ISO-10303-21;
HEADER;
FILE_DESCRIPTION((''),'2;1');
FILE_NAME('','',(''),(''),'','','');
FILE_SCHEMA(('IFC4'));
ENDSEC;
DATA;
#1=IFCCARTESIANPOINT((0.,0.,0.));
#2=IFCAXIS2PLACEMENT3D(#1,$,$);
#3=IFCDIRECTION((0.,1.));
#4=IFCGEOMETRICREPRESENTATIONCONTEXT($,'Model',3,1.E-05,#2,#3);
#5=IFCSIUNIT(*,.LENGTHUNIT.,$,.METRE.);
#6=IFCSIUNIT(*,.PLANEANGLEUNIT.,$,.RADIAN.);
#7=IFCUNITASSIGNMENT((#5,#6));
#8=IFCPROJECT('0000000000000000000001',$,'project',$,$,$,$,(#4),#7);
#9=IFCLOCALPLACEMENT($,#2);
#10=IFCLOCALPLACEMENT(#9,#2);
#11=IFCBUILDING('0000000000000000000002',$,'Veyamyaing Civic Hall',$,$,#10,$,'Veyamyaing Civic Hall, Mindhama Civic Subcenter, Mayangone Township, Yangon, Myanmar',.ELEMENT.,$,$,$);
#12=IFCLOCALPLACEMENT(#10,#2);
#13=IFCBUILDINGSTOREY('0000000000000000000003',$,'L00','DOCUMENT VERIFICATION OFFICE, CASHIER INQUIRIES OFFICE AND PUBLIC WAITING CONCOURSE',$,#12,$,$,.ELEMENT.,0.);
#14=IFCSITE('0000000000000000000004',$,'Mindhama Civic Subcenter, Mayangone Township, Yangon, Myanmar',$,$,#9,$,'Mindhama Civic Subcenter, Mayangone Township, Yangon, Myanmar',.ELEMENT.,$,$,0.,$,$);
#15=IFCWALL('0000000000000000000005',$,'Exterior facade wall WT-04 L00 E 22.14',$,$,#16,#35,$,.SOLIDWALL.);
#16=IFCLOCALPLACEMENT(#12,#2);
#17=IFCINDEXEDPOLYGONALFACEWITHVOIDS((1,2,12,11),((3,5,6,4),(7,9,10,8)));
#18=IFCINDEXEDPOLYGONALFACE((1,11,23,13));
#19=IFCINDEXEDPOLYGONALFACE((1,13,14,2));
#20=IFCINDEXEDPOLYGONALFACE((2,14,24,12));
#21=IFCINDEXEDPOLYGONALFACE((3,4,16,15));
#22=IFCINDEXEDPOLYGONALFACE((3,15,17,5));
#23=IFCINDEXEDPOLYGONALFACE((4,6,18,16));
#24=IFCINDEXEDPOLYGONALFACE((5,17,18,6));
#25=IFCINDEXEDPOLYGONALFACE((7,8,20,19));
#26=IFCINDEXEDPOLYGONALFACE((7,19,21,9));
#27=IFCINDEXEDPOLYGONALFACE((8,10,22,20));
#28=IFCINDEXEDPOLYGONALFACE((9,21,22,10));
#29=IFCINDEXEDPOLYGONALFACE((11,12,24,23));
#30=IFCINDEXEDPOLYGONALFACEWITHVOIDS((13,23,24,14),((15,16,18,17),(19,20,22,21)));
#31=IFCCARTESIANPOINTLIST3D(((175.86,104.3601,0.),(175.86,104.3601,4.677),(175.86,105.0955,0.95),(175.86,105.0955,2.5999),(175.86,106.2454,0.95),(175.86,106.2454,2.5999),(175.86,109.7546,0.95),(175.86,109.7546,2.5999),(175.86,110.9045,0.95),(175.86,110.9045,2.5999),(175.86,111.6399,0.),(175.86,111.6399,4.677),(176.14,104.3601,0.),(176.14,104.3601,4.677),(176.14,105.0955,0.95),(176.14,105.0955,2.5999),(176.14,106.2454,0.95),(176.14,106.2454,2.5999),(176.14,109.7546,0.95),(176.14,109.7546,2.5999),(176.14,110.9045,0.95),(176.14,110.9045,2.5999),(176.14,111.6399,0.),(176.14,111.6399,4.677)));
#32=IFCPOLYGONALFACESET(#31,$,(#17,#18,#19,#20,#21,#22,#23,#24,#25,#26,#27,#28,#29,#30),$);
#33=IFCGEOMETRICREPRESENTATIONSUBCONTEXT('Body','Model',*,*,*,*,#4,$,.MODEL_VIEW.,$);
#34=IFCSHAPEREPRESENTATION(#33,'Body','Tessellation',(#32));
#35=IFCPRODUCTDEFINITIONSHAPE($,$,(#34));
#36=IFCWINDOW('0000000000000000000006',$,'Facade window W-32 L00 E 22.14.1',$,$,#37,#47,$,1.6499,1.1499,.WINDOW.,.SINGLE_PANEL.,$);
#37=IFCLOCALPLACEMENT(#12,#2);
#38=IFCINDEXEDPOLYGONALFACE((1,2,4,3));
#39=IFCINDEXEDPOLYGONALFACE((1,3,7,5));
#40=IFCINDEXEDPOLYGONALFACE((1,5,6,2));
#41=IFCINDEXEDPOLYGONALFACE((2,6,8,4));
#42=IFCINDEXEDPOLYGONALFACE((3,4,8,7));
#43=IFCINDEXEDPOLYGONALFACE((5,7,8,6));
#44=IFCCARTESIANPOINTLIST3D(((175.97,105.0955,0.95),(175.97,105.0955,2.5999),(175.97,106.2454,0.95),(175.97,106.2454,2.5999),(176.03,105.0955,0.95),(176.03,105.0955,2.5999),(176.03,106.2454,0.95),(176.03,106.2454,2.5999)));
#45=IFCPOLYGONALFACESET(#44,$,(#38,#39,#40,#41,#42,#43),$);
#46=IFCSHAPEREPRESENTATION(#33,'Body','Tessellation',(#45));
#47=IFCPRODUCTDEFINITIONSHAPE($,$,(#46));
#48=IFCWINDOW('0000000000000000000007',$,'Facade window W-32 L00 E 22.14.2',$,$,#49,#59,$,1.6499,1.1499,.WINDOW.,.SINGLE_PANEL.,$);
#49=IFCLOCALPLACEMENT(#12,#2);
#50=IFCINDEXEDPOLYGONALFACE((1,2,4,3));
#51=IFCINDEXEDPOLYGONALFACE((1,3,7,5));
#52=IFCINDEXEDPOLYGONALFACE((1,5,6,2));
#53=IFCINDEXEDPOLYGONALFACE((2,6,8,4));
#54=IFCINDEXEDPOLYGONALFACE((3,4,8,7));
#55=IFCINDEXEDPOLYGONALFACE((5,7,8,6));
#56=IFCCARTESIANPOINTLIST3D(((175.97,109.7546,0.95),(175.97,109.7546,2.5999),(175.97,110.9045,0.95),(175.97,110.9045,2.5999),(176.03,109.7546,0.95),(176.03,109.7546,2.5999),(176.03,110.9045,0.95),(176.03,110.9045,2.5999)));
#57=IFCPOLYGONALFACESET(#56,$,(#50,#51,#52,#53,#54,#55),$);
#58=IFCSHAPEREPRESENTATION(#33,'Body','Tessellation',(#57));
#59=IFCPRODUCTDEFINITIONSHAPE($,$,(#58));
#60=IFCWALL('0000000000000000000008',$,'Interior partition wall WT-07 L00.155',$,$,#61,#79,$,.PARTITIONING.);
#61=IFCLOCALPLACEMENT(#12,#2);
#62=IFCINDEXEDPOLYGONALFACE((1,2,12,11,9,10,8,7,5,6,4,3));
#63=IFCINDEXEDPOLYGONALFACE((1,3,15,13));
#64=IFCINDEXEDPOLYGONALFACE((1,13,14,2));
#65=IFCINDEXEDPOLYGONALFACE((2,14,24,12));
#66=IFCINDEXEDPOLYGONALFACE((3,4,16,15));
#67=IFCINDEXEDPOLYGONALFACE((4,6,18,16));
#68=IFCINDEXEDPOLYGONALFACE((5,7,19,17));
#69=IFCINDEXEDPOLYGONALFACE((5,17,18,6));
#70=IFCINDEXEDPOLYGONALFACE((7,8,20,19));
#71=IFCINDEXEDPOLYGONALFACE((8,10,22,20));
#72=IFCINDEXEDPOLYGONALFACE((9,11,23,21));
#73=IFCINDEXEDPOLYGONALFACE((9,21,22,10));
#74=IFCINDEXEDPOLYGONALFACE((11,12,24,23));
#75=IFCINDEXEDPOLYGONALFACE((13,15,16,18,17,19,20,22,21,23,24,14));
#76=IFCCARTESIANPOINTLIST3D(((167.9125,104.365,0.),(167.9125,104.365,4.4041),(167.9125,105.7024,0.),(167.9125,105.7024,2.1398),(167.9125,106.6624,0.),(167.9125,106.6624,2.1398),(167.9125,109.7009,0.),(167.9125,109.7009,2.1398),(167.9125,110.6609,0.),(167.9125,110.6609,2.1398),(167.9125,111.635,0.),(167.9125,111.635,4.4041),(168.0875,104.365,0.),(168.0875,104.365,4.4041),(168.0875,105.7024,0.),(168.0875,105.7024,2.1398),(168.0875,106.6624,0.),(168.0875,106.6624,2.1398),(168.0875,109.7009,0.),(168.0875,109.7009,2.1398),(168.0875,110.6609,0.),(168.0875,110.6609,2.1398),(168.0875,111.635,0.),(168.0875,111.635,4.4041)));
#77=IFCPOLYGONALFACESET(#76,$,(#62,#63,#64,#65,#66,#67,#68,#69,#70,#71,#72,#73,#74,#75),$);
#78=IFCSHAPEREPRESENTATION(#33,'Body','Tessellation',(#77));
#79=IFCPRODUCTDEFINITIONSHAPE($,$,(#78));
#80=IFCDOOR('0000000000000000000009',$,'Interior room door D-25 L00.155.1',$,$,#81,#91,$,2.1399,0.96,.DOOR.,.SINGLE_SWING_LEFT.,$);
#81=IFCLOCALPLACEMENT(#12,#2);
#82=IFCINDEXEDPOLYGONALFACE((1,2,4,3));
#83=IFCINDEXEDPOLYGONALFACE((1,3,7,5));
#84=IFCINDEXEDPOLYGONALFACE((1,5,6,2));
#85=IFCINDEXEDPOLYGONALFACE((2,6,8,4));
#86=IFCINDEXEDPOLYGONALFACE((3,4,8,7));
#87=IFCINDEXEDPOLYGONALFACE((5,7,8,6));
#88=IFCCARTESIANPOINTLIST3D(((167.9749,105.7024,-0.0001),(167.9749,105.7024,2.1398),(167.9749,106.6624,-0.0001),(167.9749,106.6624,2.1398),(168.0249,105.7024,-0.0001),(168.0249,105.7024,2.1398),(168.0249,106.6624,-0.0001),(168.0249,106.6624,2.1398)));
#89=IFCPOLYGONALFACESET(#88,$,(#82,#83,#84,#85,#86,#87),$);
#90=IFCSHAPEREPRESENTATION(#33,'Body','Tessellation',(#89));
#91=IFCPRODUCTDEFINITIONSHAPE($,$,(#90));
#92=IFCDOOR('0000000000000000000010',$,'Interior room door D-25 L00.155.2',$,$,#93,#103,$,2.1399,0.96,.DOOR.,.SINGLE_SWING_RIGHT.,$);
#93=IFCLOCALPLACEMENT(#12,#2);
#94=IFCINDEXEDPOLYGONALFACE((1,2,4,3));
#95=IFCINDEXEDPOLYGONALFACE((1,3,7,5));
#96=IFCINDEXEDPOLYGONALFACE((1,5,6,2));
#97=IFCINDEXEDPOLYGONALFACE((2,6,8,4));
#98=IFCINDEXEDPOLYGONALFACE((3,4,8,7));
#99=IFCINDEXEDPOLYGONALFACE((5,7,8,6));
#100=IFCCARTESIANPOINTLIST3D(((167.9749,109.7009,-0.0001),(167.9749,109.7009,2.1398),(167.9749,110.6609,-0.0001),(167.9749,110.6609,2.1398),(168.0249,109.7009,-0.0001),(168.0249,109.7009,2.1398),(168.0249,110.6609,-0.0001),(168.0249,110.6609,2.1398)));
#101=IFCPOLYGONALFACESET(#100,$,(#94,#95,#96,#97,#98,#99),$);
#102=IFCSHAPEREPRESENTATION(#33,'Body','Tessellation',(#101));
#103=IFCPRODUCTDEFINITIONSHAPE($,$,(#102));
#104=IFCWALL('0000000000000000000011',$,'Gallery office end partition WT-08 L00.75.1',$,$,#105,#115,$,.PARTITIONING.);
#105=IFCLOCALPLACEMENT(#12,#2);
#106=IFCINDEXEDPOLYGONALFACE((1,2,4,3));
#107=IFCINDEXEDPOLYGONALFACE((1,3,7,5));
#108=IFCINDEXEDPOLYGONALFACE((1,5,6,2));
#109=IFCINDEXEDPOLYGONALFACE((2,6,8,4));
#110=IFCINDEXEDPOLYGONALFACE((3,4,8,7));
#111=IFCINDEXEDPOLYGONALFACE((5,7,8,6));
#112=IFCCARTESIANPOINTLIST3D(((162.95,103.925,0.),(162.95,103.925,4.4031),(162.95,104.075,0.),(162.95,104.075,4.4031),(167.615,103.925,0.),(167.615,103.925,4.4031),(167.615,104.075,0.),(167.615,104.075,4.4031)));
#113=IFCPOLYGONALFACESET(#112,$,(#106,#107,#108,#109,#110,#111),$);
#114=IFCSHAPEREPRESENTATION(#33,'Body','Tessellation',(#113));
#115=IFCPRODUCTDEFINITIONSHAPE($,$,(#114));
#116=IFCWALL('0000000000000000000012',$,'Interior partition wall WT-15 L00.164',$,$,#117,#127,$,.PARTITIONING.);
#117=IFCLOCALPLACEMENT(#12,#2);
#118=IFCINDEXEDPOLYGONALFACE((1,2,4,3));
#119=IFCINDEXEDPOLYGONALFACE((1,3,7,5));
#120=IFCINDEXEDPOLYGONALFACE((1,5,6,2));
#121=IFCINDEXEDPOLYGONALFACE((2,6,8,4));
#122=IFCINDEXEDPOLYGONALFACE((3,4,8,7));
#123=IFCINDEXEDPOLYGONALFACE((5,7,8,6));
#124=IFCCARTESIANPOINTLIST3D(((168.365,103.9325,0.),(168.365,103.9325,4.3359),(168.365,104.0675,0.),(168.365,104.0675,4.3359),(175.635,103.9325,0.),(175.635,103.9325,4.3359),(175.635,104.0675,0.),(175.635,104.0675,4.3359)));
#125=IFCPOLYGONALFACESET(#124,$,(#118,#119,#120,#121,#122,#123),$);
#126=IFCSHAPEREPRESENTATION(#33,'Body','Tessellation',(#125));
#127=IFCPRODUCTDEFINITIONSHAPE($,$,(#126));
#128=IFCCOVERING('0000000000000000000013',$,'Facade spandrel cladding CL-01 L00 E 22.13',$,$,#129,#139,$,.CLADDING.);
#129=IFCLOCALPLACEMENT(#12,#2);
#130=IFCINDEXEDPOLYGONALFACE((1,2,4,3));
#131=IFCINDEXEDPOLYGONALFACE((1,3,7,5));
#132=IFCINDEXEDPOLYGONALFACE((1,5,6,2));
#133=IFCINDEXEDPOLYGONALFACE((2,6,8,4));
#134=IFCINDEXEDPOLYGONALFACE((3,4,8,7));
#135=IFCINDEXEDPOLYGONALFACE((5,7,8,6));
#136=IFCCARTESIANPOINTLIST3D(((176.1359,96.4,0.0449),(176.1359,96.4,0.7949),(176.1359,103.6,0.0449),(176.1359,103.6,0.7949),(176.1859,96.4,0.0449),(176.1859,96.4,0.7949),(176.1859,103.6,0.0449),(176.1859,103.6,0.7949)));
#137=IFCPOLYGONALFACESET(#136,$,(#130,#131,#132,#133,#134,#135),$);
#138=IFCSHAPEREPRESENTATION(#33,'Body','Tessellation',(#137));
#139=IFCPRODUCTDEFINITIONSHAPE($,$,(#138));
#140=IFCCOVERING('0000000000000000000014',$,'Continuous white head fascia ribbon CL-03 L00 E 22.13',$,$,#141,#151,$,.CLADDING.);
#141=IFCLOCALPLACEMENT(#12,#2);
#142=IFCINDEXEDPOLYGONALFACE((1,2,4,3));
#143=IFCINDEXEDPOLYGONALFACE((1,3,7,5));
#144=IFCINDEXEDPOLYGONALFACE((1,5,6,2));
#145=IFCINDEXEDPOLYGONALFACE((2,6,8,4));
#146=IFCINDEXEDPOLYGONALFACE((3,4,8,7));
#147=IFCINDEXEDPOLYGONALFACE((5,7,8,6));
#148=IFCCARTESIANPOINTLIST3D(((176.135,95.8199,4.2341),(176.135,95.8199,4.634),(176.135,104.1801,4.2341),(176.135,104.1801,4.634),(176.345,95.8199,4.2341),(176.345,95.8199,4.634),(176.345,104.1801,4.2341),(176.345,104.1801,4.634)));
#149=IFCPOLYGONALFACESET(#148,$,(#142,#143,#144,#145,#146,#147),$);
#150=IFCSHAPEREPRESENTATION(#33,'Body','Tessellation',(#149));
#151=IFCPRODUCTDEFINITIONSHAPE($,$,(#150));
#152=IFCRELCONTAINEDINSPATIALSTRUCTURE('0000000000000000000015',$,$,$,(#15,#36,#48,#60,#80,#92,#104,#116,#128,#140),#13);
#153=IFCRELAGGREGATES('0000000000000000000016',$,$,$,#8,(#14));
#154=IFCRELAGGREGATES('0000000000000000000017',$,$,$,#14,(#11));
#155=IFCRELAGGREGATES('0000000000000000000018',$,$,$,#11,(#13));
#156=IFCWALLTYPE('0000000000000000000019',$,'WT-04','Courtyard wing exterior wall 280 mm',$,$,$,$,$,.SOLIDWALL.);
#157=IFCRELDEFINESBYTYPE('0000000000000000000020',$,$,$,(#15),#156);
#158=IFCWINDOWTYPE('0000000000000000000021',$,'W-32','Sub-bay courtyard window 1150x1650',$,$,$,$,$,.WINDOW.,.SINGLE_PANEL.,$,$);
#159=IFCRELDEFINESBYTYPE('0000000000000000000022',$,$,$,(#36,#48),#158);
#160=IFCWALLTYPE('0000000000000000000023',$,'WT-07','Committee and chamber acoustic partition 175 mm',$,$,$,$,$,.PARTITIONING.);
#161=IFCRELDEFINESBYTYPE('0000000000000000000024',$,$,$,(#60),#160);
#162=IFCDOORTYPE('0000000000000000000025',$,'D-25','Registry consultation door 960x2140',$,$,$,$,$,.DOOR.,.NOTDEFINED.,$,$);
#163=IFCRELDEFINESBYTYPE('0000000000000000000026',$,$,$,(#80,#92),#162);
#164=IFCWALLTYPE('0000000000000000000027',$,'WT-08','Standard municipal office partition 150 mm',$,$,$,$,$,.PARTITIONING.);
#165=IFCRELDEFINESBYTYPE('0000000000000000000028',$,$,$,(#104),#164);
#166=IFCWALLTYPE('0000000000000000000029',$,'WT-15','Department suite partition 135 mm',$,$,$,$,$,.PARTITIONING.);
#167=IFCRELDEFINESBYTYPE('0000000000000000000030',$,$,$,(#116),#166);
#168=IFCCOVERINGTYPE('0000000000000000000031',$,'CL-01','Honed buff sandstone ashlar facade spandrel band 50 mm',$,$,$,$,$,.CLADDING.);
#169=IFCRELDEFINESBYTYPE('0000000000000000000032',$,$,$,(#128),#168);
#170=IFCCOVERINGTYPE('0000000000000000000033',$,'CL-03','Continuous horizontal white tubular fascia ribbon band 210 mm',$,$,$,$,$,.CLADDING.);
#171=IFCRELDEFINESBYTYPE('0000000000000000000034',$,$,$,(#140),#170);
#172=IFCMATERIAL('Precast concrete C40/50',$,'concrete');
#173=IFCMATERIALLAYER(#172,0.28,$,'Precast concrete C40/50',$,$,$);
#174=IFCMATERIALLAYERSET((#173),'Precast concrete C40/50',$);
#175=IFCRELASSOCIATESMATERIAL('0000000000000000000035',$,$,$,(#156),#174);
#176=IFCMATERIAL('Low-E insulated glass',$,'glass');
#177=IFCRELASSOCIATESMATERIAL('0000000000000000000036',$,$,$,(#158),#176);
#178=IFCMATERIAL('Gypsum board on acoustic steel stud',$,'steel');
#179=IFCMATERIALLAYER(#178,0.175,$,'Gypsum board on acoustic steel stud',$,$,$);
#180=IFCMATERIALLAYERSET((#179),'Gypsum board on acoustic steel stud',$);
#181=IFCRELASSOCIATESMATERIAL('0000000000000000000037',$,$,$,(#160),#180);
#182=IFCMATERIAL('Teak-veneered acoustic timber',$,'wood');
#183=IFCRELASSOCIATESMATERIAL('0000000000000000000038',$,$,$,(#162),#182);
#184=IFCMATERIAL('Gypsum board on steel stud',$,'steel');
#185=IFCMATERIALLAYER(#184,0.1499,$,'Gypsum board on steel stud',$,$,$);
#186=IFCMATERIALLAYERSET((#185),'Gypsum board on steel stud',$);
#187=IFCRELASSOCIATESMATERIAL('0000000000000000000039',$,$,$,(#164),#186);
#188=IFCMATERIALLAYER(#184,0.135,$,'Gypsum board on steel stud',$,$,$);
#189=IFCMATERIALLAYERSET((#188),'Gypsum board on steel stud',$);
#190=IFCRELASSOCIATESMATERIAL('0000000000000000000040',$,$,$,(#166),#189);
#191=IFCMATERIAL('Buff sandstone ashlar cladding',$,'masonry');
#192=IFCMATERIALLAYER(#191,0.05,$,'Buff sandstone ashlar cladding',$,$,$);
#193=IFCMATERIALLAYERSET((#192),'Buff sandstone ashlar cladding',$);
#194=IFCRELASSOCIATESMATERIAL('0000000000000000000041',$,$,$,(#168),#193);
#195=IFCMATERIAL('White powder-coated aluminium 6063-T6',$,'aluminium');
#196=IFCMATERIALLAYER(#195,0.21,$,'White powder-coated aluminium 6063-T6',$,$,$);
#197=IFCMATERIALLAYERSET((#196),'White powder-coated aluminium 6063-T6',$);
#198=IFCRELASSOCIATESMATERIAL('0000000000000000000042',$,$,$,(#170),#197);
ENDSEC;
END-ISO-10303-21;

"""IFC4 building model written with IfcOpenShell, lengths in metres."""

from ifc_helpers import new_model, si_unit, direction, frame, frame_2d, origin, origin_2d, place, context, subcontext, project, spatial, rectangle, extrude, material, layer, layer_set, type_object, element, fill, save


model = new_model("IFC4")

# Units and contexts
model_context = context("Model", 3, precision=1e-05, world=origin(), true_north=direction((0.0, 1.0)))
body_context = subcontext(model_context, "Body", "Model", "MODEL_VIEW")
ifc_project = project(units=[si_unit("LENGTHUNIT", "METRE"), si_unit("PLANEANGLEUNIT", "RADIAN")], contexts=[model_context])

# Site, building, storey
site_placement = place(None, origin())
site = spatial("IfcSite", under=ifc_project, at=site_placement, Name="Mindhama Civic Subcenter, Mayangone Township, Yangon, Myanmar", LongName="Mindhama Civic Subcenter, Mayangone Township, Yangon, Myanmar", CompositionType="ELEMENT", RefElevation=0.0)
building_placement = place(site_placement, origin())
building = spatial("IfcBuilding", under=site, at=building_placement, Name="Veyamyaing Civic Hall", LongName="Veyamyaing Civic Hall, Mindhama Civic Subcenter, Mayangone Township, Yangon, Myanmar", CompositionType="ELEMENT")
storey_placement = place(building_placement, origin())
storey = spatial("IfcBuildingStorey", under=building, at=storey_placement, Name="L00", Description="DOCUMENT VERIFICATION OFFICE, CASHIER INQUIRIES OFFICE AND PUBLIC WAITING CONCOURSE", CompositionType="ELEMENT", Elevation=0.0)

# Wall, openings, windows
ifc_material_1 = material(Name="Precast concrete C40/50", Category="concrete")
ifc_layer_1 = layer(ifc_material_1, 0.28, Name="Precast concrete C40/50")
ifc_layer_set_1 = layer_set([ifc_layer_1], Name="Precast concrete C40/50")
wall_type_1 = type_object("IfcWallType", Name="WT-04", Description="Courtyard wing exterior wall 280 mm", PredefinedType="SOLIDWALL", material=ifc_layer_set_1)
wall_1_placement = place(storey_placement, frame((176.0, 104.3601, 0.0), z_axis=(0.0, 0.0, 1.0), x_axis=(0.0, 1.0, 0.0)))
wall_1 = element("IfcWall", 1, at=wall_1_placement, inside=storey, type_object=wall_type_1, Name="Exterior facade wall WT-04 L00 E 22.14", PredefinedType="SOLIDWALL", context=body_context, shape_type="SweptSolid", body=[
    extrude(rectangle(XDim=7.2798, YDim=0.28, at=frame_2d((3.6399, 0.0))), origin(), (0.0, 0.0, 1.0), 4.677),
])
opening_1_placement = place(wall_1_placement, frame((0.7354, 0.0, 0.95)))
opening_1 = element("IfcOpeningElement", 2, at=opening_1_placement, cuts=wall_1, PredefinedType="OPENING", context=body_context, shape_type="SweptSolid", body=[
    extrude(rectangle(XDim=1.1499, YDim=1.6499, at=frame_2d((0.575, 0.825))), frame((0.0, 0.1499, 0.0), z_axis=(0.0, -1.0, 0.0), x_axis=(1.0, 0.0, 0.0)), (0.0, 0.0, 1.0), 0.3),
])
opening_2_placement = place(wall_1_placement, frame((5.3945, 0.0, 0.95)))
opening_2 = element("IfcOpeningElement", 3, at=opening_2_placement, cuts=wall_1, PredefinedType="OPENING", context=body_context, shape_type="SweptSolid", body=[
    extrude(rectangle(XDim=1.1499, YDim=1.6499, at=frame_2d((0.575, 0.825))), frame((0.0, 0.1499, 0.0), z_axis=(0.0, -1.0, 0.0), x_axis=(1.0, 0.0, 0.0)), (0.0, 0.0, 1.0), 0.3),
])
ifc_material_2 = material(Name="Low-E insulated glass", Category="glass")
window_type = type_object("IfcWindowType", Name="W-32", Description="Sub-bay courtyard window 1150x1650", PartitioningType="SINGLE_PANEL", PredefinedType="WINDOW", material=ifc_material_2)
window_1_placement = place(opening_1_placement, origin())
window_1 = element("IfcWindow", 4, at=window_1_placement, inside=storey, type_object=window_type, Name="Facade window W-32 L00 E 22.14.1", OverallHeight=1.6499, OverallWidth=1.1499, PartitioningType="SINGLE_PANEL", PredefinedType="WINDOW", context=body_context, shape_type="SweptSolid", body=[
    extrude(rectangle(XDim=1.1499, YDim=1.6499, at=frame_2d((0.575, 0.825))), frame((0.0, 0.03, 0.0), z_axis=(0.0, -1.0, 0.0), x_axis=(1.0, 0.0, 0.0)), (0.0, 0.0, 1.0), 0.0601),
])
fill(opening_1, window_1)
window_2_placement = place(opening_2_placement, origin())
window_2 = element("IfcWindow", 5, at=window_2_placement, inside=storey, type_object=window_type, Name="Facade window W-32 L00 E 22.14.2", OverallHeight=1.6499, OverallWidth=1.1499, PartitioningType="SINGLE_PANEL", PredefinedType="WINDOW", context=body_context, shape_type="SweptSolid", body=[
    extrude(rectangle(XDim=1.1499, YDim=1.6499, at=frame_2d((0.575, 0.825))), frame((0.0, 0.03, 0.0), z_axis=(0.0, -1.0, 0.0), x_axis=(1.0, 0.0, 0.0)), (0.0, 0.0, 1.0), 0.0601),
])
fill(opening_2, window_2)

# Wall, openings, doors
ifc_material_3 = material(Name="Gypsum board on acoustic steel stud", Category="steel")
ifc_layer_2 = layer(ifc_material_3, 0.175, Name="Gypsum board on acoustic steel stud")
ifc_layer_set_2 = layer_set([ifc_layer_2], Name="Gypsum board on acoustic steel stud")
wall_type_2 = type_object("IfcWallType", Name="WT-07", Description="Committee and chamber acoustic partition 175 mm", PredefinedType="PARTITIONING", material=ifc_layer_set_2)
wall_2_placement = place(storey_placement, frame((168.0, 104.365, 0.0), z_axis=(0.0, 0.0, 1.0), x_axis=(0.0, 1.0, 0.0)))
wall_2 = element("IfcWall", 6, at=wall_2_placement, inside=storey, type_object=wall_type_2, Name="Interior partition wall WT-07 L00.155", PredefinedType="PARTITIONING", context=body_context, shape_type="SweptSolid", body=[
    extrude(rectangle(XDim=7.27, YDim=0.175, at=frame_2d((3.635, 0.0))), origin(), (0.0, 0.0, 1.0), 4.4041),
])
opening_3_placement = place(wall_2_placement, frame((1.3374, 0.0, 0.0)))
opening_3 = element("IfcOpeningElement", 7, at=opening_3_placement, cuts=wall_2, PredefinedType="OPENING", context=body_context, shape_type="SweptSolid", body=[
    extrude(rectangle(XDim=0.96, YDim=2.1399, at=frame_2d((0.48, 1.0698))), frame((0.0, 0.0974, 0.0), z_axis=(0.0, -1.0, 0.0), x_axis=(1.0, 0.0, 0.0)), (0.0, 0.0, 1.0), 0.1951),
])
opening_4_placement = place(wall_2_placement, frame((5.3359, 0.0, 0.0)))
opening_4 = element("IfcOpeningElement", 8, at=opening_4_placement, cuts=wall_2, PredefinedType="OPENING", context=body_context, shape_type="SweptSolid", body=[
    extrude(rectangle(XDim=0.96, YDim=2.1399, at=frame_2d((0.48, 1.0698))), frame((0.0, 0.0974, 0.0), z_axis=(0.0, -1.0, 0.0), x_axis=(1.0, 0.0, 0.0)), (0.0, 0.0, 1.0), 0.1951),
])
ifc_material_4 = material(Name="Teak-veneered acoustic timber", Category="wood")
door_type = type_object("IfcDoorType", Name="D-25", Description="Registry consultation door 960x2140", OperationType="NOTDEFINED", PredefinedType="DOOR", material=ifc_material_4)
door_1_placement = place(opening_3_placement, frame((0.96, 0.0, 0.0), z_axis=(0.0, 0.0, 1.0), x_axis=(-1.0, 0.0, 0.0)))
door_1 = element("IfcDoor", 9, at=door_1_placement, inside=storey, type_object=door_type, Name="Interior room door D-25 L00.155.1", OperationType="SINGLE_SWING_LEFT", OverallHeight=2.1399, OverallWidth=0.96, PredefinedType="DOOR", context=body_context, shape_type="SweptSolid", body=[
    extrude(rectangle(XDim=0.96, YDim=2.1399, at=frame_2d((0.48, 1.0698))), frame((0.0, 0.0249, 0.0), z_axis=(0.0, -1.0, 0.0), x_axis=(1.0, 0.0, 0.0)), (0.0, 0.0, 1.0), 0.05),
])
fill(opening_3, door_1)
door_2_placement = place(opening_4_placement, frame((0.96, 0.0, 0.0), z_axis=(0.0, 0.0, 1.0), x_axis=(-1.0, 0.0, 0.0)))
door_2 = element("IfcDoor", 10, at=door_2_placement, inside=storey, type_object=door_type, Name="Interior room door D-25 L00.155.2", OperationType="SINGLE_SWING_RIGHT", OverallHeight=2.1399, OverallWidth=0.96, PredefinedType="DOOR", context=body_context, shape_type="SweptSolid", body=[
    extrude(rectangle(XDim=0.96, YDim=2.1399, at=frame_2d((0.48, 1.0698))), frame((0.0, 0.0249, 0.0), z_axis=(0.0, -1.0, 0.0), x_axis=(1.0, 0.0, 0.0)), (0.0, 0.0, 1.0), 0.05),
])
fill(opening_4, door_2)

# Walls
ifc_material_5 = material(Name="Gypsum board on steel stud", Category="steel")
ifc_layer_3 = layer(ifc_material_5, 0.1499, Name="Gypsum board on steel stud")
ifc_layer_set_3 = layer_set([ifc_layer_3], Name="Gypsum board on steel stud")
wall_type_3 = type_object("IfcWallType", Name="WT-08", Description="Standard municipal office partition 150 mm", PredefinedType="PARTITIONING", material=ifc_layer_set_3)
wall_3_placement = place(storey_placement, frame((162.95, 104.0, 0.0), z_axis=(0.0, 0.0, 1.0), x_axis=(1.0, 0.0, 0.0)))
element("IfcWall", 11, at=wall_3_placement, inside=storey, type_object=wall_type_3, Name="Gallery office end partition WT-08 L00.75.1", PredefinedType="PARTITIONING", context=body_context, shape_type="SweptSolid", body=[
    extrude(rectangle(XDim=4.665, YDim=0.1499, at=frame_2d((2.3325, 0.0))), origin(), (0.0, 0.0, 1.0), 4.4031),
])
ifc_layer_4 = layer(ifc_material_5, 0.135, Name="Gypsum board on steel stud")
ifc_layer_set_4 = layer_set([ifc_layer_4], Name="Gypsum board on steel stud")
wall_type_4 = type_object("IfcWallType", Name="WT-15", Description="Department suite partition 135 mm", PredefinedType="PARTITIONING", material=ifc_layer_set_4)
wall_4_placement = place(storey_placement, frame((168.365, 104.0, 0.0), z_axis=(0.0, 0.0, 1.0), x_axis=(1.0, 0.0, 0.0)))
element("IfcWall", 12, at=wall_4_placement, inside=storey, type_object=wall_type_4, Name="Interior partition wall WT-15 L00.164", PredefinedType="PARTITIONING", context=body_context, shape_type="SweptSolid", body=[
    extrude(rectangle(XDim=7.27, YDim=0.135, at=frame_2d((3.635, 0.0))), origin(), (0.0, 0.0, 1.0), 4.3359),
])

# Coverings
ifc_material_6 = material(Name="Buff sandstone ashlar cladding", Category="masonry")
ifc_layer_5 = layer(ifc_material_6, 0.05, Name="Buff sandstone ashlar cladding")
ifc_layer_set_5 = layer_set([ifc_layer_5], Name="Buff sandstone ashlar cladding")
covering_type_1 = type_object("IfcCoveringType", Name="CL-01", Description="Honed buff sandstone ashlar facade spandrel band 50 mm", PredefinedType="CLADDING", material=ifc_layer_set_5)
covering_1_placement = place(storey_placement, frame((176.1609, 100.0, 0.0449), z_axis=(0.0, 0.0, 1.0), x_axis=(0.0, 1.0, 0.0)))
element("IfcCovering", 13, at=covering_1_placement, inside=storey, type_object=covering_type_1, Name="Facade spandrel cladding CL-01 L00 E 22.13", PredefinedType="CLADDING", context=body_context, shape_type="SweptSolid", body=[
    extrude(rectangle(XDim=7.2, YDim=0.05, at=origin_2d()), origin(), (0.0, 0.0, 1.0), 0.75),
])
ifc_material_7 = material(Name="White powder-coated aluminium 6063-T6", Category="aluminium")
ifc_layer_6 = layer(ifc_material_7, 0.21, Name="White powder-coated aluminium 6063-T6")
ifc_layer_set_6 = layer_set([ifc_layer_6], Name="White powder-coated aluminium 6063-T6")
covering_type_2 = type_object("IfcCoveringType", Name="CL-03", Description="Continuous horizontal white tubular fascia ribbon band 210 mm", PredefinedType="CLADDING", material=ifc_layer_set_6)
covering_2_placement = place(storey_placement, frame((176.24, 100.0, 4.2341), z_axis=(0.0, 0.0, 1.0), x_axis=(0.0, 1.0, 0.0)))
element("IfcCovering", 14, at=covering_2_placement, inside=storey, type_object=covering_type_2, Name="Continuous white head fascia ribbon CL-03 L00 E 22.13", PredefinedType="CLADDING", context=body_context, shape_type="SweptSolid", body=[
    extrude(rectangle(XDim=8.3601, YDim=0.21, at=origin_2d()), origin(), (0.0, 0.0, 1.0), 0.3999),
])

save(model, "model.ifc")
